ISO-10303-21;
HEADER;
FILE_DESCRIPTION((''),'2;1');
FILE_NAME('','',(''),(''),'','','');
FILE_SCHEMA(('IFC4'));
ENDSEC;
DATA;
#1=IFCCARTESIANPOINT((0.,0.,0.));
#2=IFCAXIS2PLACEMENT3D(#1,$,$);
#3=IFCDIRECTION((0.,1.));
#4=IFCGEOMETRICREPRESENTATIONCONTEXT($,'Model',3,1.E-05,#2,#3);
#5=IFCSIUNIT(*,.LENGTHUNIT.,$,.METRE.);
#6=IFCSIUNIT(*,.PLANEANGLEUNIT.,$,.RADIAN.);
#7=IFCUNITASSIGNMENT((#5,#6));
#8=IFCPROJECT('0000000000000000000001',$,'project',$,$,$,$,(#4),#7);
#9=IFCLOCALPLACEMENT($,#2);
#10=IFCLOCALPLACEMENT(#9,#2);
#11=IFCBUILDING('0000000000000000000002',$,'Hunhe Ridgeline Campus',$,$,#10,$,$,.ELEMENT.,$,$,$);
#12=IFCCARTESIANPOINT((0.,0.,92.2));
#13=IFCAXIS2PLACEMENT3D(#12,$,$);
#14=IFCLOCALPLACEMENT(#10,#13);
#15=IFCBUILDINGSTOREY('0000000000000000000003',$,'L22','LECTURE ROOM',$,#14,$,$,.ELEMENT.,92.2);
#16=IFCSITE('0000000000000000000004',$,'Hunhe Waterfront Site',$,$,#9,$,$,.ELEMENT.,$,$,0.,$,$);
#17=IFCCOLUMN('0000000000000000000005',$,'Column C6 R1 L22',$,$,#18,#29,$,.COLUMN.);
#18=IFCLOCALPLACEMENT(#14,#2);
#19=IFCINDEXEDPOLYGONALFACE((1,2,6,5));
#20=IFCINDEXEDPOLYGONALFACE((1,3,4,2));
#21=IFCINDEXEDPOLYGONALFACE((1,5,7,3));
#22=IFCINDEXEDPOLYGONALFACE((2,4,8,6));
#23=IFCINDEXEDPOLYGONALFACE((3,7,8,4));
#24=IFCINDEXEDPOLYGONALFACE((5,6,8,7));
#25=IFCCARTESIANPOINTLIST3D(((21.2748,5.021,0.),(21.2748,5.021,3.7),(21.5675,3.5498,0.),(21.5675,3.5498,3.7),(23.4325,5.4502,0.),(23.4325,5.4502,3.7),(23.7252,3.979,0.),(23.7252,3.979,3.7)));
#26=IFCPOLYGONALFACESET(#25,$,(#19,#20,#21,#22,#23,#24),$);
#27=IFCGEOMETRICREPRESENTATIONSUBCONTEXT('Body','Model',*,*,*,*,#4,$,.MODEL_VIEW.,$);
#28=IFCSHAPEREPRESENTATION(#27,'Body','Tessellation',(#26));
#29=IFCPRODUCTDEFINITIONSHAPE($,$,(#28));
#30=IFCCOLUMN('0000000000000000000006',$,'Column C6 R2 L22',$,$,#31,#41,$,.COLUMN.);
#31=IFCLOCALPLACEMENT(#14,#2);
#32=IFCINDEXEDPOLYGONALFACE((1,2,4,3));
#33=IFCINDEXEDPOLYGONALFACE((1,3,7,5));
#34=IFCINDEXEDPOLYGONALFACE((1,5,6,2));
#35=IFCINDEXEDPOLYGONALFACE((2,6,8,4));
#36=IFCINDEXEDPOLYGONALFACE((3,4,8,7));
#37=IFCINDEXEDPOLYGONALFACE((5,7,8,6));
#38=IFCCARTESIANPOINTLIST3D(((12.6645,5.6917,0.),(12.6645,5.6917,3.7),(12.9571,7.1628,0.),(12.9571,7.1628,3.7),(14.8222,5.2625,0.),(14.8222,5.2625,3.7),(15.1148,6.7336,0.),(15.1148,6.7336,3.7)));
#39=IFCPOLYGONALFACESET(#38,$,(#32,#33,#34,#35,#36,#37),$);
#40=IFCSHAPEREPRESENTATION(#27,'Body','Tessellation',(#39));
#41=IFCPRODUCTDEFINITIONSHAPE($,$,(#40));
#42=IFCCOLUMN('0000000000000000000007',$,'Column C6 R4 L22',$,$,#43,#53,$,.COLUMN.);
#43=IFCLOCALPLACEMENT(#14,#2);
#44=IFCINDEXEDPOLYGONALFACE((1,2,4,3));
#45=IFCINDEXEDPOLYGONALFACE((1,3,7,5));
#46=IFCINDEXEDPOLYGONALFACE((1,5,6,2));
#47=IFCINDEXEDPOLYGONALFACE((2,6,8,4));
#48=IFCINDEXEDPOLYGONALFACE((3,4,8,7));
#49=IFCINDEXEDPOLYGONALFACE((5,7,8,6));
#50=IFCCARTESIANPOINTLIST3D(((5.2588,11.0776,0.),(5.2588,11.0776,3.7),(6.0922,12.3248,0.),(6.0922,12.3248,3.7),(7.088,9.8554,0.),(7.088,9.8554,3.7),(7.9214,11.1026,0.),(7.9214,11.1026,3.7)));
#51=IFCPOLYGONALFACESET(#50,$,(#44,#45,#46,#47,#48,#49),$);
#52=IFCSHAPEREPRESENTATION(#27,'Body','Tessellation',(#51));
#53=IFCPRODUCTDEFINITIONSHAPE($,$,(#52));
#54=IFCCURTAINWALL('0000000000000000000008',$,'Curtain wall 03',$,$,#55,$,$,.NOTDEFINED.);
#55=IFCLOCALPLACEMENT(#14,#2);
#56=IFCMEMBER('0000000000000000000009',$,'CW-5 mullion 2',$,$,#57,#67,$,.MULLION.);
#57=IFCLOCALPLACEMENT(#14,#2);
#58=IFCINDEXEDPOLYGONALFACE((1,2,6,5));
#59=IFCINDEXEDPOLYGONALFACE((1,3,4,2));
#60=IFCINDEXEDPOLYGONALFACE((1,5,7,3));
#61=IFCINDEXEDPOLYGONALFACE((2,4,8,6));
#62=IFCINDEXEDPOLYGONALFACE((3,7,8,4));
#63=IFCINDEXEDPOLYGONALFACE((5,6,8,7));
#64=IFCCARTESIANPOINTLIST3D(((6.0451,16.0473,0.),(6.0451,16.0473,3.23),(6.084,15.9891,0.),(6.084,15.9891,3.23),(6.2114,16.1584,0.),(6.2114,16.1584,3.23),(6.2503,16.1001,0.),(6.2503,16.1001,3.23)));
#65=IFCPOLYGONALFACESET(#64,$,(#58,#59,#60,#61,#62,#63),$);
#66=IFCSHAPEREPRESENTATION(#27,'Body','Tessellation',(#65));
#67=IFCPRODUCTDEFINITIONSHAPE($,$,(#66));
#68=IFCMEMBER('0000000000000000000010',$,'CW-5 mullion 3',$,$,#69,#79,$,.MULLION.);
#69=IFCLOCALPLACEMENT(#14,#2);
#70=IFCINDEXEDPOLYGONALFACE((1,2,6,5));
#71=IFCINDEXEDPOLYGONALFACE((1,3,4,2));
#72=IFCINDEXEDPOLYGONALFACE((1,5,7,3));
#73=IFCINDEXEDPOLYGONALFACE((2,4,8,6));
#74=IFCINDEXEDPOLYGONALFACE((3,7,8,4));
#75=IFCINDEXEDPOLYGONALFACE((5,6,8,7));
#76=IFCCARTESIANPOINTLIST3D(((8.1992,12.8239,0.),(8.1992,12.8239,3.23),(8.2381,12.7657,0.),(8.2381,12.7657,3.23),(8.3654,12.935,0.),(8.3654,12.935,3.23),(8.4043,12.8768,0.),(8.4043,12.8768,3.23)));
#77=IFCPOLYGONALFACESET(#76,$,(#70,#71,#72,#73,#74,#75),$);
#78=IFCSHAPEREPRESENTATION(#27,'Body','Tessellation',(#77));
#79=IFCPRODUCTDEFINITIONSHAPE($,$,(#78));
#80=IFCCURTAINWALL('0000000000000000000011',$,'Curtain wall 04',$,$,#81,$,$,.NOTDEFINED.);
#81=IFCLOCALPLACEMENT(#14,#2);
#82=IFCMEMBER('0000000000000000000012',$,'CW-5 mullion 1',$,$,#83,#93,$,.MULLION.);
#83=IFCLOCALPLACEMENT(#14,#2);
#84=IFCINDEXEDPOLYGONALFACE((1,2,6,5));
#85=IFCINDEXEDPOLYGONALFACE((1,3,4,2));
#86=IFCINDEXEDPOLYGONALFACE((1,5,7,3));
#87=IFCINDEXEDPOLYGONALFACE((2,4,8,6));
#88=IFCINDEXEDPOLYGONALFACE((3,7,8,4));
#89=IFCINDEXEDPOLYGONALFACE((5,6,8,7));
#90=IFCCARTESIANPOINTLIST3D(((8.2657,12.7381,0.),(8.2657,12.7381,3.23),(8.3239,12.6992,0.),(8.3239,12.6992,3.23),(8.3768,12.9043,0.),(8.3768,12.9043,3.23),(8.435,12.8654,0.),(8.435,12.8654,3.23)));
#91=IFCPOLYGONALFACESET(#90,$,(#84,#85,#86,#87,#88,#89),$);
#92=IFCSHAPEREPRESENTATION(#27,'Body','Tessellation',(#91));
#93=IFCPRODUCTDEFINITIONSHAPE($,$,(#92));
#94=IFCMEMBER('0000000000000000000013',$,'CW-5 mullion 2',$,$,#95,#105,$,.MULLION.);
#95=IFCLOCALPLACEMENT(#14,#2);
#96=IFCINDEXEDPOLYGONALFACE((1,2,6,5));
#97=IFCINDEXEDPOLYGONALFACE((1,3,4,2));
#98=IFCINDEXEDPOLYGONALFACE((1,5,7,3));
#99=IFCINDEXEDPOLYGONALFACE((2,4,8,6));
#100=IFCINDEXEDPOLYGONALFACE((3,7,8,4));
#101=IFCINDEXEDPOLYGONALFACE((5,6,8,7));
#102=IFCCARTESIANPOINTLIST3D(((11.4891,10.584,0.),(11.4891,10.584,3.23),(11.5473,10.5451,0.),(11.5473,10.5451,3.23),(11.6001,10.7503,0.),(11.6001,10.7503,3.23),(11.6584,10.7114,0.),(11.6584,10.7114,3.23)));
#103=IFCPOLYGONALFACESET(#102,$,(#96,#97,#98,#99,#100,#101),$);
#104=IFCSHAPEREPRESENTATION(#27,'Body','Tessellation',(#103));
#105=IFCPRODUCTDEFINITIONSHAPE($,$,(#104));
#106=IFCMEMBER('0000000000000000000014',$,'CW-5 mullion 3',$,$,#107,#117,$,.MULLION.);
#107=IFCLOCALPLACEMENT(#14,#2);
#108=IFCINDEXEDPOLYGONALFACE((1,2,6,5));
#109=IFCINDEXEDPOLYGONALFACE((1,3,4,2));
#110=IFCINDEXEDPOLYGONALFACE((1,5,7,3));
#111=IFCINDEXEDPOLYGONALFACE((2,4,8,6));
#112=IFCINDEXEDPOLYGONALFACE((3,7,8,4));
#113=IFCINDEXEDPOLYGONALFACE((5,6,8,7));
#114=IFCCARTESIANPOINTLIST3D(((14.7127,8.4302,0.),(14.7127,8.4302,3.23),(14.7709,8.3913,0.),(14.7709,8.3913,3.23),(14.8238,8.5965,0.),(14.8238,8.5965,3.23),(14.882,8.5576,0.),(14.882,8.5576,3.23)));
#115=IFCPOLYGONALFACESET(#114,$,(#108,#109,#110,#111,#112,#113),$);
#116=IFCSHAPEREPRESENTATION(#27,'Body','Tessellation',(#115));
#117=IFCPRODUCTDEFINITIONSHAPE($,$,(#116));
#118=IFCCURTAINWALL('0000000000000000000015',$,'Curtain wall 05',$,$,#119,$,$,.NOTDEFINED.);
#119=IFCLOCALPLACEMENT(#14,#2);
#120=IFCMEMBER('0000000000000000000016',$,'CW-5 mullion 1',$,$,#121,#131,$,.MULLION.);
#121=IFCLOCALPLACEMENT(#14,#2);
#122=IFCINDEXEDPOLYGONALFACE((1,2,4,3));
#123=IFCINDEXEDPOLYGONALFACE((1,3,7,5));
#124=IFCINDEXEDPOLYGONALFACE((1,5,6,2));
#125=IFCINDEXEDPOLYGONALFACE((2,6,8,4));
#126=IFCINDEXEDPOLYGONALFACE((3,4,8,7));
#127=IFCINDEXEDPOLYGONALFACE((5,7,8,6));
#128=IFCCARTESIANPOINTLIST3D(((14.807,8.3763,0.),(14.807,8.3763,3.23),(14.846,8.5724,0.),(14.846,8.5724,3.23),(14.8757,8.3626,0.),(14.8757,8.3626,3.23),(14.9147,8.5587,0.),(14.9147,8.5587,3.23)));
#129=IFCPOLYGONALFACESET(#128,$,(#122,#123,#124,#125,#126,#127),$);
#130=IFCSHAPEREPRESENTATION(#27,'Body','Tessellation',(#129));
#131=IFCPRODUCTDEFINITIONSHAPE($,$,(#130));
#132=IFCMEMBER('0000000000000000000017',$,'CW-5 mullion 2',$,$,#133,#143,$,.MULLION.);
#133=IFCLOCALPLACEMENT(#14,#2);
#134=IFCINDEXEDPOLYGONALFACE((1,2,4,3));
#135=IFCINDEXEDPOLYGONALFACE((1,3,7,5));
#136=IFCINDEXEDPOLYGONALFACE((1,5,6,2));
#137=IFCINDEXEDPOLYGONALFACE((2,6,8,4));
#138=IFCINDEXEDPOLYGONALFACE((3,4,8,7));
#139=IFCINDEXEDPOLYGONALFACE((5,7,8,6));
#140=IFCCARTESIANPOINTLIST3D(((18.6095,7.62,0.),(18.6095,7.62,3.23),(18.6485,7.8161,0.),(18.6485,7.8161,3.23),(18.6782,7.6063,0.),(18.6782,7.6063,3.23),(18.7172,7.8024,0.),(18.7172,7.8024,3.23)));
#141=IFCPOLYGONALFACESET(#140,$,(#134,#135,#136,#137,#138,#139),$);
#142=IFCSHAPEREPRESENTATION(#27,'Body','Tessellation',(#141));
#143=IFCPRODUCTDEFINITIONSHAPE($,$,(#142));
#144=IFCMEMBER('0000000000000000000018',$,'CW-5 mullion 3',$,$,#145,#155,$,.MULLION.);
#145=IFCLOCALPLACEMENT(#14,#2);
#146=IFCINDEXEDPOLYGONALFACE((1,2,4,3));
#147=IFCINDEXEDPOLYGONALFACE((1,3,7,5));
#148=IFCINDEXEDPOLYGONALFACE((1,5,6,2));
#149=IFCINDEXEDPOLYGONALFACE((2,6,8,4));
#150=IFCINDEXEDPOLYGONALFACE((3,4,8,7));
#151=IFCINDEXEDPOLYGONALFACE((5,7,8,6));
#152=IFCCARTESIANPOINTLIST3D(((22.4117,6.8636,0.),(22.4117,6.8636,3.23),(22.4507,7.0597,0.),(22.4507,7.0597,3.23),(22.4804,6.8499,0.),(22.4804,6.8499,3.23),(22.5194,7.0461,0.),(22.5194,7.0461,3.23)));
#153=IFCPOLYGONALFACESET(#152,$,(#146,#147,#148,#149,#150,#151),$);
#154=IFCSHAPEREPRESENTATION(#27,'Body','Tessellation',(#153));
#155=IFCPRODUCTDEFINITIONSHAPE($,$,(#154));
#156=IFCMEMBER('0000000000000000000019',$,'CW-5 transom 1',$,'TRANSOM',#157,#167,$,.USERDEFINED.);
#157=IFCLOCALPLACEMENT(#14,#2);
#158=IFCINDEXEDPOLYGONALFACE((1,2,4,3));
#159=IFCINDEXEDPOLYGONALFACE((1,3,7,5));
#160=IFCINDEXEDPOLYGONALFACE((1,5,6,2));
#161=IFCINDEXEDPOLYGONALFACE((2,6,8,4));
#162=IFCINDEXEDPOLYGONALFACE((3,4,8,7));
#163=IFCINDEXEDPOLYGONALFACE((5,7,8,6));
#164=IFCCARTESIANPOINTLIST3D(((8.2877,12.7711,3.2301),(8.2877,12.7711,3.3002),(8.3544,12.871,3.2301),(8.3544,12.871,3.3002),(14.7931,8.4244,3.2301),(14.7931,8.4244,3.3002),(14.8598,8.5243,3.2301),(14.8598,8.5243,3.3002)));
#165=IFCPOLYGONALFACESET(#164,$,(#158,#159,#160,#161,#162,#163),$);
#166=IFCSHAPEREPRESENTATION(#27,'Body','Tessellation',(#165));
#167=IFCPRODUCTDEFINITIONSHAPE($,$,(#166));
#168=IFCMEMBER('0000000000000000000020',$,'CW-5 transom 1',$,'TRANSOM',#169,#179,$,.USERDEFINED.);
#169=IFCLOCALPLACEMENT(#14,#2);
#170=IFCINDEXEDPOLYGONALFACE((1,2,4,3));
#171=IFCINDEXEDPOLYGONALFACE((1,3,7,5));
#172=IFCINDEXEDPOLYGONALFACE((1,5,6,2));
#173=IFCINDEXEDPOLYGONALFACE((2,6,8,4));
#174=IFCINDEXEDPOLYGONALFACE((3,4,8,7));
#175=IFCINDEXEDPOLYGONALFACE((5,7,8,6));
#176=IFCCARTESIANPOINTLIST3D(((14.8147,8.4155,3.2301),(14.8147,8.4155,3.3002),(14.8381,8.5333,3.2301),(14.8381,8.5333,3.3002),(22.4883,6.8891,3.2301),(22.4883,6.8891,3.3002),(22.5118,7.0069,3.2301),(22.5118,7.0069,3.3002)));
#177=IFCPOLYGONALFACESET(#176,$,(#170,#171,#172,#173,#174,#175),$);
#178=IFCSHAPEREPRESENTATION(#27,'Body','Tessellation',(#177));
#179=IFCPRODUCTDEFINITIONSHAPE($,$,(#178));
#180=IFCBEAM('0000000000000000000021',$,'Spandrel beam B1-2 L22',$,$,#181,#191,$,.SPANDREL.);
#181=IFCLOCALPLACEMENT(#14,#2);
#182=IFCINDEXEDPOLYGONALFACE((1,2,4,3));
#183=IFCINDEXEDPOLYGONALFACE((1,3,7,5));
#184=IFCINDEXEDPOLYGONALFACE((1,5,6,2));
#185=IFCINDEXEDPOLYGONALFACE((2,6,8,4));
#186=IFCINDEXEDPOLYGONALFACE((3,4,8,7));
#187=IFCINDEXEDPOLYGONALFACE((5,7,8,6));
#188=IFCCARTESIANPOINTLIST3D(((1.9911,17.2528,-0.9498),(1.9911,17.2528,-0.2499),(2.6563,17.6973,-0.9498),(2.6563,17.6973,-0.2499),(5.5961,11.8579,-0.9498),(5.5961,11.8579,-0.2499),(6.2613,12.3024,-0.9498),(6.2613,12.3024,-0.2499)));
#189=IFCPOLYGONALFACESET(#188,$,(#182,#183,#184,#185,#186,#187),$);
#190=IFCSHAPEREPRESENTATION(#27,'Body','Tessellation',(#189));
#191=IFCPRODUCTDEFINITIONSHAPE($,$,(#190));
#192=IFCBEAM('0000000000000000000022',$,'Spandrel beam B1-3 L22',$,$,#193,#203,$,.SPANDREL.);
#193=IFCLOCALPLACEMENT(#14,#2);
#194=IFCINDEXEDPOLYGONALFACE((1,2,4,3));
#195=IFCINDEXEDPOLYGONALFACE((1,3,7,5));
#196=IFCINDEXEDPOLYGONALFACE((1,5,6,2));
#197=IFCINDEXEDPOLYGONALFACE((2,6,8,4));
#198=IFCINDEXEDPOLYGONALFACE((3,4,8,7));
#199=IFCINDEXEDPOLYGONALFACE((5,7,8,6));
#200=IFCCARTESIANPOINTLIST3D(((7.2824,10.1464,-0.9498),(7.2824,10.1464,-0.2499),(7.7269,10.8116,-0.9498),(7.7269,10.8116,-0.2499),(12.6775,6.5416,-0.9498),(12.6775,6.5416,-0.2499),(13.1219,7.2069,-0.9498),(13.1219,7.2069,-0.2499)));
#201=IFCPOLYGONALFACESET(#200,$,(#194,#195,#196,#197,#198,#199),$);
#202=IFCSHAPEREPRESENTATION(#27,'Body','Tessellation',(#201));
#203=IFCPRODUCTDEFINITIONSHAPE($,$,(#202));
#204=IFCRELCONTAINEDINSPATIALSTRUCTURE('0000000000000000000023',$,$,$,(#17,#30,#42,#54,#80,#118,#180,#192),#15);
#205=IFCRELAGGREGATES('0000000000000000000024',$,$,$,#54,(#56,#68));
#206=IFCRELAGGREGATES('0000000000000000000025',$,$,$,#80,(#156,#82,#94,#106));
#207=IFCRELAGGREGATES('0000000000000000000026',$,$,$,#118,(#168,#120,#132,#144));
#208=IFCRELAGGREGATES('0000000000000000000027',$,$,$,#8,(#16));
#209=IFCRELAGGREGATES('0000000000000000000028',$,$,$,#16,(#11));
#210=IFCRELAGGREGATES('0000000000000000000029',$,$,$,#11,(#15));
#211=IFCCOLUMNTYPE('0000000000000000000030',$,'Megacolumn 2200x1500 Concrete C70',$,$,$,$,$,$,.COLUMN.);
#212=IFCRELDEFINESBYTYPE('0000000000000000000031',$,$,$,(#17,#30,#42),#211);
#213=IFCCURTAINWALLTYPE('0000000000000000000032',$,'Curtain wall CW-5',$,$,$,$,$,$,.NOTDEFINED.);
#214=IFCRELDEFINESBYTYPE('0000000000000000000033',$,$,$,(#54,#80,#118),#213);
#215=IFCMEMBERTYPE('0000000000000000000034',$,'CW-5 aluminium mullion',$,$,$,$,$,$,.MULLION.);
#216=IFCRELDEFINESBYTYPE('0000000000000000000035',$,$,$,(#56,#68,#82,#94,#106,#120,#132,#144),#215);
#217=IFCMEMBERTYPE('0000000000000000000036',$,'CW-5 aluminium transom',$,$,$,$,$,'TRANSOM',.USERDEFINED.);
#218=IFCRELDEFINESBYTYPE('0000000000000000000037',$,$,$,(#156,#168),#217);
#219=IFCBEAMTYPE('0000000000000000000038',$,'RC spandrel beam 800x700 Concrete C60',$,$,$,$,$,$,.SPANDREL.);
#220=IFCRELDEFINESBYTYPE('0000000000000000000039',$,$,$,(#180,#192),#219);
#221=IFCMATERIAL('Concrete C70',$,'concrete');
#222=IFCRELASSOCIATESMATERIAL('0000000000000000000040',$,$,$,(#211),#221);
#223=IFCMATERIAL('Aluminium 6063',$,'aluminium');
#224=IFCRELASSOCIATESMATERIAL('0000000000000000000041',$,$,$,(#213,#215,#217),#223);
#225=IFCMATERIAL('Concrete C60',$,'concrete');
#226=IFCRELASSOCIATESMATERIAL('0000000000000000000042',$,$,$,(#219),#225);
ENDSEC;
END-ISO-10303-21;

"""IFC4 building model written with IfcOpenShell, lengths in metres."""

from ifc_helpers import new_model, si_unit, direction, frame, origin, origin_2d, place, context, subcontext, project, spatial, rectangle, extrude, material, material_profile, profile_set, type_object, element, aggregate, save


model = new_model("IFC4")

# Units and contexts
model_context = context("Model", 3, precision=1e-05, world=origin(), true_north=direction((0.0, 1.0)))
body_context = subcontext(model_context, "Body", "Model", "MODEL_VIEW")
ifc_project = project(units=[si_unit("LENGTHUNIT", "METRE"), si_unit("PLANEANGLEUNIT", "RADIAN")], contexts=[model_context])

# Site, building, storey
site_placement = place(None, origin())
site = spatial("IfcSite", under=ifc_project, at=site_placement, Name="Hunhe Waterfront Site", CompositionType="ELEMENT", RefElevation=0.0)
building_placement = place(site_placement, origin())
building = spatial("IfcBuilding", under=site, at=building_placement, Name="Hunhe Ridgeline Campus", CompositionType="ELEMENT")
storey_placement = place(building_placement, frame((0.0, 0.0, 92.2)))
storey = spatial("IfcBuildingStorey", under=building, at=storey_placement, Name="L22", Description="LECTURE ROOM", CompositionType="ELEMENT", Elevation=92.2)

# Columns
ifc_material_1 = material(Name="Concrete C70", Category="concrete")
ifc_material_profile_1 = material_profile(ifc_material_1, rectangle(XDim=2.2, YDim=1.5, at=origin_2d()))
ifc_profile_set_1 = profile_set([ifc_material_profile_1], Name="Concrete C70")
column_type = type_object("IfcColumnType", Name="Megacolumn 2200x1500 Concrete C70", PredefinedType="COLUMN", material=ifc_profile_set_1)
for number, where, z_axis, x_axis, name in (
    (1, (22.5, 4.5, 0.0), (0.0, 0.0, 1.0), (0.980785, 0.19509, 0.0), "Column C6 R1 L22"),
    (2, (13.8896, 6.2126, 0.0), (0.0, 0.0, 1.0), (-0.980785, 0.19509, 0.0), "Column C6 R2 L22"),
    (3, (6.5901, 11.0901, 0.0), (0.0, 0.0, 1.0), (-0.83147, 0.55557, 0.0), "Column C6 R4 L22"),
):
    element("IfcColumn", number, at=place(storey_placement, frame(where, z_axis=z_axis, x_axis=x_axis)), inside=storey, type_object=column_type, Name=name, PredefinedType="COLUMN", context=body_context, shape_type="SweptSolid", body=[
        extrude(rectangle(XDim=2.2, YDim=1.5, at=origin_2d()), origin(), (0.0, 0.0, 1.0), 3.7),
    ])

# Curtain walls, members
ifc_material_2 = material(Name="Aluminium 6063", Category="aluminium")
curtain_wall_type = type_object("IfcCurtainWallType", Name="Curtain wall CW-5", PredefinedType="NOTDEFINED", material=ifc_material_2)
curtain_wall_1_placement = place(storey_placement, origin())
curtain_wall_1 = element("IfcCurtainWall", 4, at=curtain_wall_1_placement, inside=storey, type_object=curtain_wall_type, Name="Curtain wall 03", PredefinedType="NOTDEFINED")
ifc_material_profile_2 = material_profile(ifc_material_2, rectangle(XDim=0.2, YDim=0.0701, at=origin_2d()))
ifc_profile_set_2 = profile_set([ifc_material_profile_2], Name="Aluminium 6063")
member_type_1 = type_object("IfcMemberType", Name="CW-5 aluminium mullion", PredefinedType="MULLION", material=ifc_profile_set_2)
member_1_placement = place(storey_placement, frame((6.1477, 16.0737, 0.0), z_axis=(0.0, 0.0, 1.0), x_axis=(0.83147, 0.55557, 0.0)))
member_1 = element("IfcMember", 5, at=member_1_placement, type_object=member_type_1, Name="CW-5 mullion 2", PredefinedType="MULLION", context=body_context, shape_type="SweptSolid", body=[
    extrude(rectangle(XDim=0.2, YDim=0.0701, at=origin_2d()), origin(), (0.0, 0.0, 1.0), 3.23),
])
member_2_placement = place(storey_placement, frame((8.3018, 12.8503, 0.0), z_axis=(0.0, 0.0, 1.0), x_axis=(0.83147, 0.55557, 0.0)))
member_2 = element("IfcMember", 6, at=member_2_placement, type_object=member_type_1, Name="CW-5 mullion 3", PredefinedType="MULLION", context=body_context, shape_type="SweptSolid", body=[
    extrude(rectangle(XDim=0.2, YDim=0.0701, at=origin_2d()), origin(), (0.0, 0.0, 1.0), 3.23),
])
curtain_wall_2_placement = place(storey_placement, origin())
curtain_wall_2 = element("IfcCurtainWall", 7, at=curtain_wall_2_placement, inside=storey, type_object=curtain_wall_type, Name="Curtain wall 04", PredefinedType="NOTDEFINED")
member_3_placement = place(storey_placement, frame((8.3503, 12.8018, 0.0), z_axis=(0.0, 0.0, 1.0), x_axis=(0.55557, 0.83147, 0.0)))
member_3 = element("IfcMember", 8, at=member_3_placement, type_object=member_type_1, Name="CW-5 mullion 1", PredefinedType="MULLION", context=body_context, shape_type="SweptSolid", body=[
    extrude(rectangle(XDim=0.2, YDim=0.0701, at=origin_2d()), origin(), (0.0, 0.0, 1.0), 3.23),
])
member_4_placement = place(storey_placement, frame((11.5737, 10.6477, 0.0), z_axis=(0.0, 0.0, 1.0), x_axis=(0.55557, 0.83147, 0.0)))
member_4 = element("IfcMember", 9, at=member_4_placement, type_object=member_type_1, Name="CW-5 mullion 2", PredefinedType="MULLION", context=body_context, shape_type="SweptSolid", body=[
    extrude(rectangle(XDim=0.2, YDim=0.0701, at=origin_2d()), origin(), (0.0, 0.0, 1.0), 3.23),
])
member_5_placement = place(storey_placement, frame((14.7974, 8.4939, 0.0), z_axis=(0.0, 0.0, 1.0), x_axis=(0.55557, 0.83147, 0.0)))
member_5 = element("IfcMember", 10, at=member_5_placement, type_object=member_type_1, Name="CW-5 mullion 3", PredefinedType="MULLION", context=body_context, shape_type="SweptSolid", body=[
    extrude(rectangle(XDim=0.2, YDim=0.0701, at=origin_2d()), origin(), (0.0, 0.0, 1.0), 3.23),
])
curtain_wall_3_placement = place(storey_placement, origin())
curtain_wall_3 = element("IfcCurtainWall", 11, at=curtain_wall_3_placement, inside=storey, type_object=curtain_wall_type, Name="Curtain wall 05", PredefinedType="NOTDEFINED")
member_6_placement = place(storey_placement, frame((14.8608, 8.4675, 0.0), z_axis=(0.0, 0.0, 1.0), x_axis=(0.19509, 0.980785, 0.0)))
member_6 = element("IfcMember", 12, at=member_6_placement, type_object=member_type_1, Name="CW-5 mullion 1", PredefinedType="MULLION", context=body_context, shape_type="SweptSolid", body=[
    extrude(rectangle(XDim=0.2, YDim=0.0701, at=origin_2d()), origin(), (0.0, 0.0, 1.0), 3.23),
])
member_7_placement = place(storey_placement, frame((18.6633, 7.7112, 0.0), z_axis=(0.0, 0.0, 1.0), x_axis=(0.19509, 0.980785, 0.0)))
member_7 = element("IfcMember", 13, at=member_7_placement, type_object=member_type_1, Name="CW-5 mullion 2", PredefinedType="MULLION", context=body_context, shape_type="SweptSolid", body=[
    extrude(rectangle(XDim=0.2, YDim=0.0701, at=origin_2d()), origin(), (0.0, 0.0, 1.0), 3.23),
])
member_8_placement = place(storey_placement, frame((22.4656, 6.9548, 0.0), z_axis=(0.0, 0.0, 1.0), x_axis=(0.19509, 0.980785, 0.0)))
member_8 = element("IfcMember", 14, at=member_8_placement, type_object=member_type_1, Name="CW-5 mullion 3", PredefinedType="MULLION", context=body_context, shape_type="SweptSolid", body=[
    extrude(rectangle(XDim=0.2, YDim=0.0701, at=origin_2d()), origin(), (0.0, 0.0, 1.0), 3.23),
])

# Members
ifc_material_profile_3 = material_profile(ifc_material_2, rectangle(XDim=0.1201, YDim=0.0701, at=origin_2d()))
ifc_profile_set_3 = profile_set([ifc_material_profile_3], Name="Aluminium 6063")
member_type_2 = type_object("IfcMemberType", Name="CW-5 aluminium transom", ElementType="TRANSOM", PredefinedType="USERDEFINED", material=ifc_profile_set_3)
member_9_placement = place(storey_placement, frame((8.321, 12.821, 3.2651), z_axis=(0.831474, -0.555564, 0.0), x_axis=(0.555564, 0.831474, 0.0)))
member_9 = element("IfcMember", 15, at=member_9_placement, type_object=member_type_2, Name="CW-5 transom 1", ObjectType="TRANSOM", PredefinedType="USERDEFINED", context=body_context, shape_type="SweptSolid", body=[
    extrude(rectangle(XDim=0.1201, YDim=0.0701, at=origin_2d()), origin(), (0.0, 0.0, 1.0), 7.824),
])
member_10_placement = place(storey_placement, frame((14.8264, 8.4744, 3.2651), z_axis=(0.980785, -0.19509, 0.0), x_axis=(0.19509, 0.980785, 0.0)))
member_10 = element("IfcMember", 16, at=member_10_placement, type_object=member_type_2, Name="CW-5 transom 1", ObjectType="TRANSOM", PredefinedType="USERDEFINED", context=body_context, shape_type="SweptSolid", body=[
    extrude(rectangle(XDim=0.1201, YDim=0.0701, at=origin_2d()), origin(), (0.0, 0.0, 1.0), 7.824),
])

# Beams
ifc_material_3 = material(Name="Concrete C60", Category="concrete")
ifc_material_profile_4 = material_profile(ifc_material_3, rectangle(XDim=0.8, YDim=0.7, at=origin_2d()))
ifc_profile_set_4 = profile_set([ifc_material_profile_4], Name="Concrete C60")
beam_type = type_object("IfcBeamType", Name="RC spandrel beam 800x700 Concrete C60", PredefinedType="SPANDREL", material=ifc_profile_set_4)
for number, where, z_axis, x_axis, name in (
    (17, (2.3237, 17.4751, -0.5999), (0.555586, -0.831459, 0.0), (0.831459, 0.555586, 0.0), "Spandrel beam B1-2 L22"),
    (18, (7.5046, 10.479, -0.5999), (0.831477, -0.55556, 0.0), (0.55556, 0.831477, 0.0), "Spandrel beam B1-3 L22"),
):
    element("IfcBeam", number, at=place(storey_placement, frame(where, z_axis=z_axis, x_axis=x_axis)), inside=storey, type_object=beam_type, Name=name, PredefinedType="SPANDREL", context=body_context, shape_type="SweptSolid", body=[
        extrude(rectangle(XDim=0.8, YDim=0.7, at=origin_2d()), origin(), (0.0, 0.0, 1.0), 6.4885),
    ])

aggregate(curtain_wall_1, [member_1, member_2])
aggregate(curtain_wall_2, [member_9, member_3, member_4, member_5])
aggregate(curtain_wall_3, [member_10, member_6, member_7, member_8])

save(model, "model.ifc")
